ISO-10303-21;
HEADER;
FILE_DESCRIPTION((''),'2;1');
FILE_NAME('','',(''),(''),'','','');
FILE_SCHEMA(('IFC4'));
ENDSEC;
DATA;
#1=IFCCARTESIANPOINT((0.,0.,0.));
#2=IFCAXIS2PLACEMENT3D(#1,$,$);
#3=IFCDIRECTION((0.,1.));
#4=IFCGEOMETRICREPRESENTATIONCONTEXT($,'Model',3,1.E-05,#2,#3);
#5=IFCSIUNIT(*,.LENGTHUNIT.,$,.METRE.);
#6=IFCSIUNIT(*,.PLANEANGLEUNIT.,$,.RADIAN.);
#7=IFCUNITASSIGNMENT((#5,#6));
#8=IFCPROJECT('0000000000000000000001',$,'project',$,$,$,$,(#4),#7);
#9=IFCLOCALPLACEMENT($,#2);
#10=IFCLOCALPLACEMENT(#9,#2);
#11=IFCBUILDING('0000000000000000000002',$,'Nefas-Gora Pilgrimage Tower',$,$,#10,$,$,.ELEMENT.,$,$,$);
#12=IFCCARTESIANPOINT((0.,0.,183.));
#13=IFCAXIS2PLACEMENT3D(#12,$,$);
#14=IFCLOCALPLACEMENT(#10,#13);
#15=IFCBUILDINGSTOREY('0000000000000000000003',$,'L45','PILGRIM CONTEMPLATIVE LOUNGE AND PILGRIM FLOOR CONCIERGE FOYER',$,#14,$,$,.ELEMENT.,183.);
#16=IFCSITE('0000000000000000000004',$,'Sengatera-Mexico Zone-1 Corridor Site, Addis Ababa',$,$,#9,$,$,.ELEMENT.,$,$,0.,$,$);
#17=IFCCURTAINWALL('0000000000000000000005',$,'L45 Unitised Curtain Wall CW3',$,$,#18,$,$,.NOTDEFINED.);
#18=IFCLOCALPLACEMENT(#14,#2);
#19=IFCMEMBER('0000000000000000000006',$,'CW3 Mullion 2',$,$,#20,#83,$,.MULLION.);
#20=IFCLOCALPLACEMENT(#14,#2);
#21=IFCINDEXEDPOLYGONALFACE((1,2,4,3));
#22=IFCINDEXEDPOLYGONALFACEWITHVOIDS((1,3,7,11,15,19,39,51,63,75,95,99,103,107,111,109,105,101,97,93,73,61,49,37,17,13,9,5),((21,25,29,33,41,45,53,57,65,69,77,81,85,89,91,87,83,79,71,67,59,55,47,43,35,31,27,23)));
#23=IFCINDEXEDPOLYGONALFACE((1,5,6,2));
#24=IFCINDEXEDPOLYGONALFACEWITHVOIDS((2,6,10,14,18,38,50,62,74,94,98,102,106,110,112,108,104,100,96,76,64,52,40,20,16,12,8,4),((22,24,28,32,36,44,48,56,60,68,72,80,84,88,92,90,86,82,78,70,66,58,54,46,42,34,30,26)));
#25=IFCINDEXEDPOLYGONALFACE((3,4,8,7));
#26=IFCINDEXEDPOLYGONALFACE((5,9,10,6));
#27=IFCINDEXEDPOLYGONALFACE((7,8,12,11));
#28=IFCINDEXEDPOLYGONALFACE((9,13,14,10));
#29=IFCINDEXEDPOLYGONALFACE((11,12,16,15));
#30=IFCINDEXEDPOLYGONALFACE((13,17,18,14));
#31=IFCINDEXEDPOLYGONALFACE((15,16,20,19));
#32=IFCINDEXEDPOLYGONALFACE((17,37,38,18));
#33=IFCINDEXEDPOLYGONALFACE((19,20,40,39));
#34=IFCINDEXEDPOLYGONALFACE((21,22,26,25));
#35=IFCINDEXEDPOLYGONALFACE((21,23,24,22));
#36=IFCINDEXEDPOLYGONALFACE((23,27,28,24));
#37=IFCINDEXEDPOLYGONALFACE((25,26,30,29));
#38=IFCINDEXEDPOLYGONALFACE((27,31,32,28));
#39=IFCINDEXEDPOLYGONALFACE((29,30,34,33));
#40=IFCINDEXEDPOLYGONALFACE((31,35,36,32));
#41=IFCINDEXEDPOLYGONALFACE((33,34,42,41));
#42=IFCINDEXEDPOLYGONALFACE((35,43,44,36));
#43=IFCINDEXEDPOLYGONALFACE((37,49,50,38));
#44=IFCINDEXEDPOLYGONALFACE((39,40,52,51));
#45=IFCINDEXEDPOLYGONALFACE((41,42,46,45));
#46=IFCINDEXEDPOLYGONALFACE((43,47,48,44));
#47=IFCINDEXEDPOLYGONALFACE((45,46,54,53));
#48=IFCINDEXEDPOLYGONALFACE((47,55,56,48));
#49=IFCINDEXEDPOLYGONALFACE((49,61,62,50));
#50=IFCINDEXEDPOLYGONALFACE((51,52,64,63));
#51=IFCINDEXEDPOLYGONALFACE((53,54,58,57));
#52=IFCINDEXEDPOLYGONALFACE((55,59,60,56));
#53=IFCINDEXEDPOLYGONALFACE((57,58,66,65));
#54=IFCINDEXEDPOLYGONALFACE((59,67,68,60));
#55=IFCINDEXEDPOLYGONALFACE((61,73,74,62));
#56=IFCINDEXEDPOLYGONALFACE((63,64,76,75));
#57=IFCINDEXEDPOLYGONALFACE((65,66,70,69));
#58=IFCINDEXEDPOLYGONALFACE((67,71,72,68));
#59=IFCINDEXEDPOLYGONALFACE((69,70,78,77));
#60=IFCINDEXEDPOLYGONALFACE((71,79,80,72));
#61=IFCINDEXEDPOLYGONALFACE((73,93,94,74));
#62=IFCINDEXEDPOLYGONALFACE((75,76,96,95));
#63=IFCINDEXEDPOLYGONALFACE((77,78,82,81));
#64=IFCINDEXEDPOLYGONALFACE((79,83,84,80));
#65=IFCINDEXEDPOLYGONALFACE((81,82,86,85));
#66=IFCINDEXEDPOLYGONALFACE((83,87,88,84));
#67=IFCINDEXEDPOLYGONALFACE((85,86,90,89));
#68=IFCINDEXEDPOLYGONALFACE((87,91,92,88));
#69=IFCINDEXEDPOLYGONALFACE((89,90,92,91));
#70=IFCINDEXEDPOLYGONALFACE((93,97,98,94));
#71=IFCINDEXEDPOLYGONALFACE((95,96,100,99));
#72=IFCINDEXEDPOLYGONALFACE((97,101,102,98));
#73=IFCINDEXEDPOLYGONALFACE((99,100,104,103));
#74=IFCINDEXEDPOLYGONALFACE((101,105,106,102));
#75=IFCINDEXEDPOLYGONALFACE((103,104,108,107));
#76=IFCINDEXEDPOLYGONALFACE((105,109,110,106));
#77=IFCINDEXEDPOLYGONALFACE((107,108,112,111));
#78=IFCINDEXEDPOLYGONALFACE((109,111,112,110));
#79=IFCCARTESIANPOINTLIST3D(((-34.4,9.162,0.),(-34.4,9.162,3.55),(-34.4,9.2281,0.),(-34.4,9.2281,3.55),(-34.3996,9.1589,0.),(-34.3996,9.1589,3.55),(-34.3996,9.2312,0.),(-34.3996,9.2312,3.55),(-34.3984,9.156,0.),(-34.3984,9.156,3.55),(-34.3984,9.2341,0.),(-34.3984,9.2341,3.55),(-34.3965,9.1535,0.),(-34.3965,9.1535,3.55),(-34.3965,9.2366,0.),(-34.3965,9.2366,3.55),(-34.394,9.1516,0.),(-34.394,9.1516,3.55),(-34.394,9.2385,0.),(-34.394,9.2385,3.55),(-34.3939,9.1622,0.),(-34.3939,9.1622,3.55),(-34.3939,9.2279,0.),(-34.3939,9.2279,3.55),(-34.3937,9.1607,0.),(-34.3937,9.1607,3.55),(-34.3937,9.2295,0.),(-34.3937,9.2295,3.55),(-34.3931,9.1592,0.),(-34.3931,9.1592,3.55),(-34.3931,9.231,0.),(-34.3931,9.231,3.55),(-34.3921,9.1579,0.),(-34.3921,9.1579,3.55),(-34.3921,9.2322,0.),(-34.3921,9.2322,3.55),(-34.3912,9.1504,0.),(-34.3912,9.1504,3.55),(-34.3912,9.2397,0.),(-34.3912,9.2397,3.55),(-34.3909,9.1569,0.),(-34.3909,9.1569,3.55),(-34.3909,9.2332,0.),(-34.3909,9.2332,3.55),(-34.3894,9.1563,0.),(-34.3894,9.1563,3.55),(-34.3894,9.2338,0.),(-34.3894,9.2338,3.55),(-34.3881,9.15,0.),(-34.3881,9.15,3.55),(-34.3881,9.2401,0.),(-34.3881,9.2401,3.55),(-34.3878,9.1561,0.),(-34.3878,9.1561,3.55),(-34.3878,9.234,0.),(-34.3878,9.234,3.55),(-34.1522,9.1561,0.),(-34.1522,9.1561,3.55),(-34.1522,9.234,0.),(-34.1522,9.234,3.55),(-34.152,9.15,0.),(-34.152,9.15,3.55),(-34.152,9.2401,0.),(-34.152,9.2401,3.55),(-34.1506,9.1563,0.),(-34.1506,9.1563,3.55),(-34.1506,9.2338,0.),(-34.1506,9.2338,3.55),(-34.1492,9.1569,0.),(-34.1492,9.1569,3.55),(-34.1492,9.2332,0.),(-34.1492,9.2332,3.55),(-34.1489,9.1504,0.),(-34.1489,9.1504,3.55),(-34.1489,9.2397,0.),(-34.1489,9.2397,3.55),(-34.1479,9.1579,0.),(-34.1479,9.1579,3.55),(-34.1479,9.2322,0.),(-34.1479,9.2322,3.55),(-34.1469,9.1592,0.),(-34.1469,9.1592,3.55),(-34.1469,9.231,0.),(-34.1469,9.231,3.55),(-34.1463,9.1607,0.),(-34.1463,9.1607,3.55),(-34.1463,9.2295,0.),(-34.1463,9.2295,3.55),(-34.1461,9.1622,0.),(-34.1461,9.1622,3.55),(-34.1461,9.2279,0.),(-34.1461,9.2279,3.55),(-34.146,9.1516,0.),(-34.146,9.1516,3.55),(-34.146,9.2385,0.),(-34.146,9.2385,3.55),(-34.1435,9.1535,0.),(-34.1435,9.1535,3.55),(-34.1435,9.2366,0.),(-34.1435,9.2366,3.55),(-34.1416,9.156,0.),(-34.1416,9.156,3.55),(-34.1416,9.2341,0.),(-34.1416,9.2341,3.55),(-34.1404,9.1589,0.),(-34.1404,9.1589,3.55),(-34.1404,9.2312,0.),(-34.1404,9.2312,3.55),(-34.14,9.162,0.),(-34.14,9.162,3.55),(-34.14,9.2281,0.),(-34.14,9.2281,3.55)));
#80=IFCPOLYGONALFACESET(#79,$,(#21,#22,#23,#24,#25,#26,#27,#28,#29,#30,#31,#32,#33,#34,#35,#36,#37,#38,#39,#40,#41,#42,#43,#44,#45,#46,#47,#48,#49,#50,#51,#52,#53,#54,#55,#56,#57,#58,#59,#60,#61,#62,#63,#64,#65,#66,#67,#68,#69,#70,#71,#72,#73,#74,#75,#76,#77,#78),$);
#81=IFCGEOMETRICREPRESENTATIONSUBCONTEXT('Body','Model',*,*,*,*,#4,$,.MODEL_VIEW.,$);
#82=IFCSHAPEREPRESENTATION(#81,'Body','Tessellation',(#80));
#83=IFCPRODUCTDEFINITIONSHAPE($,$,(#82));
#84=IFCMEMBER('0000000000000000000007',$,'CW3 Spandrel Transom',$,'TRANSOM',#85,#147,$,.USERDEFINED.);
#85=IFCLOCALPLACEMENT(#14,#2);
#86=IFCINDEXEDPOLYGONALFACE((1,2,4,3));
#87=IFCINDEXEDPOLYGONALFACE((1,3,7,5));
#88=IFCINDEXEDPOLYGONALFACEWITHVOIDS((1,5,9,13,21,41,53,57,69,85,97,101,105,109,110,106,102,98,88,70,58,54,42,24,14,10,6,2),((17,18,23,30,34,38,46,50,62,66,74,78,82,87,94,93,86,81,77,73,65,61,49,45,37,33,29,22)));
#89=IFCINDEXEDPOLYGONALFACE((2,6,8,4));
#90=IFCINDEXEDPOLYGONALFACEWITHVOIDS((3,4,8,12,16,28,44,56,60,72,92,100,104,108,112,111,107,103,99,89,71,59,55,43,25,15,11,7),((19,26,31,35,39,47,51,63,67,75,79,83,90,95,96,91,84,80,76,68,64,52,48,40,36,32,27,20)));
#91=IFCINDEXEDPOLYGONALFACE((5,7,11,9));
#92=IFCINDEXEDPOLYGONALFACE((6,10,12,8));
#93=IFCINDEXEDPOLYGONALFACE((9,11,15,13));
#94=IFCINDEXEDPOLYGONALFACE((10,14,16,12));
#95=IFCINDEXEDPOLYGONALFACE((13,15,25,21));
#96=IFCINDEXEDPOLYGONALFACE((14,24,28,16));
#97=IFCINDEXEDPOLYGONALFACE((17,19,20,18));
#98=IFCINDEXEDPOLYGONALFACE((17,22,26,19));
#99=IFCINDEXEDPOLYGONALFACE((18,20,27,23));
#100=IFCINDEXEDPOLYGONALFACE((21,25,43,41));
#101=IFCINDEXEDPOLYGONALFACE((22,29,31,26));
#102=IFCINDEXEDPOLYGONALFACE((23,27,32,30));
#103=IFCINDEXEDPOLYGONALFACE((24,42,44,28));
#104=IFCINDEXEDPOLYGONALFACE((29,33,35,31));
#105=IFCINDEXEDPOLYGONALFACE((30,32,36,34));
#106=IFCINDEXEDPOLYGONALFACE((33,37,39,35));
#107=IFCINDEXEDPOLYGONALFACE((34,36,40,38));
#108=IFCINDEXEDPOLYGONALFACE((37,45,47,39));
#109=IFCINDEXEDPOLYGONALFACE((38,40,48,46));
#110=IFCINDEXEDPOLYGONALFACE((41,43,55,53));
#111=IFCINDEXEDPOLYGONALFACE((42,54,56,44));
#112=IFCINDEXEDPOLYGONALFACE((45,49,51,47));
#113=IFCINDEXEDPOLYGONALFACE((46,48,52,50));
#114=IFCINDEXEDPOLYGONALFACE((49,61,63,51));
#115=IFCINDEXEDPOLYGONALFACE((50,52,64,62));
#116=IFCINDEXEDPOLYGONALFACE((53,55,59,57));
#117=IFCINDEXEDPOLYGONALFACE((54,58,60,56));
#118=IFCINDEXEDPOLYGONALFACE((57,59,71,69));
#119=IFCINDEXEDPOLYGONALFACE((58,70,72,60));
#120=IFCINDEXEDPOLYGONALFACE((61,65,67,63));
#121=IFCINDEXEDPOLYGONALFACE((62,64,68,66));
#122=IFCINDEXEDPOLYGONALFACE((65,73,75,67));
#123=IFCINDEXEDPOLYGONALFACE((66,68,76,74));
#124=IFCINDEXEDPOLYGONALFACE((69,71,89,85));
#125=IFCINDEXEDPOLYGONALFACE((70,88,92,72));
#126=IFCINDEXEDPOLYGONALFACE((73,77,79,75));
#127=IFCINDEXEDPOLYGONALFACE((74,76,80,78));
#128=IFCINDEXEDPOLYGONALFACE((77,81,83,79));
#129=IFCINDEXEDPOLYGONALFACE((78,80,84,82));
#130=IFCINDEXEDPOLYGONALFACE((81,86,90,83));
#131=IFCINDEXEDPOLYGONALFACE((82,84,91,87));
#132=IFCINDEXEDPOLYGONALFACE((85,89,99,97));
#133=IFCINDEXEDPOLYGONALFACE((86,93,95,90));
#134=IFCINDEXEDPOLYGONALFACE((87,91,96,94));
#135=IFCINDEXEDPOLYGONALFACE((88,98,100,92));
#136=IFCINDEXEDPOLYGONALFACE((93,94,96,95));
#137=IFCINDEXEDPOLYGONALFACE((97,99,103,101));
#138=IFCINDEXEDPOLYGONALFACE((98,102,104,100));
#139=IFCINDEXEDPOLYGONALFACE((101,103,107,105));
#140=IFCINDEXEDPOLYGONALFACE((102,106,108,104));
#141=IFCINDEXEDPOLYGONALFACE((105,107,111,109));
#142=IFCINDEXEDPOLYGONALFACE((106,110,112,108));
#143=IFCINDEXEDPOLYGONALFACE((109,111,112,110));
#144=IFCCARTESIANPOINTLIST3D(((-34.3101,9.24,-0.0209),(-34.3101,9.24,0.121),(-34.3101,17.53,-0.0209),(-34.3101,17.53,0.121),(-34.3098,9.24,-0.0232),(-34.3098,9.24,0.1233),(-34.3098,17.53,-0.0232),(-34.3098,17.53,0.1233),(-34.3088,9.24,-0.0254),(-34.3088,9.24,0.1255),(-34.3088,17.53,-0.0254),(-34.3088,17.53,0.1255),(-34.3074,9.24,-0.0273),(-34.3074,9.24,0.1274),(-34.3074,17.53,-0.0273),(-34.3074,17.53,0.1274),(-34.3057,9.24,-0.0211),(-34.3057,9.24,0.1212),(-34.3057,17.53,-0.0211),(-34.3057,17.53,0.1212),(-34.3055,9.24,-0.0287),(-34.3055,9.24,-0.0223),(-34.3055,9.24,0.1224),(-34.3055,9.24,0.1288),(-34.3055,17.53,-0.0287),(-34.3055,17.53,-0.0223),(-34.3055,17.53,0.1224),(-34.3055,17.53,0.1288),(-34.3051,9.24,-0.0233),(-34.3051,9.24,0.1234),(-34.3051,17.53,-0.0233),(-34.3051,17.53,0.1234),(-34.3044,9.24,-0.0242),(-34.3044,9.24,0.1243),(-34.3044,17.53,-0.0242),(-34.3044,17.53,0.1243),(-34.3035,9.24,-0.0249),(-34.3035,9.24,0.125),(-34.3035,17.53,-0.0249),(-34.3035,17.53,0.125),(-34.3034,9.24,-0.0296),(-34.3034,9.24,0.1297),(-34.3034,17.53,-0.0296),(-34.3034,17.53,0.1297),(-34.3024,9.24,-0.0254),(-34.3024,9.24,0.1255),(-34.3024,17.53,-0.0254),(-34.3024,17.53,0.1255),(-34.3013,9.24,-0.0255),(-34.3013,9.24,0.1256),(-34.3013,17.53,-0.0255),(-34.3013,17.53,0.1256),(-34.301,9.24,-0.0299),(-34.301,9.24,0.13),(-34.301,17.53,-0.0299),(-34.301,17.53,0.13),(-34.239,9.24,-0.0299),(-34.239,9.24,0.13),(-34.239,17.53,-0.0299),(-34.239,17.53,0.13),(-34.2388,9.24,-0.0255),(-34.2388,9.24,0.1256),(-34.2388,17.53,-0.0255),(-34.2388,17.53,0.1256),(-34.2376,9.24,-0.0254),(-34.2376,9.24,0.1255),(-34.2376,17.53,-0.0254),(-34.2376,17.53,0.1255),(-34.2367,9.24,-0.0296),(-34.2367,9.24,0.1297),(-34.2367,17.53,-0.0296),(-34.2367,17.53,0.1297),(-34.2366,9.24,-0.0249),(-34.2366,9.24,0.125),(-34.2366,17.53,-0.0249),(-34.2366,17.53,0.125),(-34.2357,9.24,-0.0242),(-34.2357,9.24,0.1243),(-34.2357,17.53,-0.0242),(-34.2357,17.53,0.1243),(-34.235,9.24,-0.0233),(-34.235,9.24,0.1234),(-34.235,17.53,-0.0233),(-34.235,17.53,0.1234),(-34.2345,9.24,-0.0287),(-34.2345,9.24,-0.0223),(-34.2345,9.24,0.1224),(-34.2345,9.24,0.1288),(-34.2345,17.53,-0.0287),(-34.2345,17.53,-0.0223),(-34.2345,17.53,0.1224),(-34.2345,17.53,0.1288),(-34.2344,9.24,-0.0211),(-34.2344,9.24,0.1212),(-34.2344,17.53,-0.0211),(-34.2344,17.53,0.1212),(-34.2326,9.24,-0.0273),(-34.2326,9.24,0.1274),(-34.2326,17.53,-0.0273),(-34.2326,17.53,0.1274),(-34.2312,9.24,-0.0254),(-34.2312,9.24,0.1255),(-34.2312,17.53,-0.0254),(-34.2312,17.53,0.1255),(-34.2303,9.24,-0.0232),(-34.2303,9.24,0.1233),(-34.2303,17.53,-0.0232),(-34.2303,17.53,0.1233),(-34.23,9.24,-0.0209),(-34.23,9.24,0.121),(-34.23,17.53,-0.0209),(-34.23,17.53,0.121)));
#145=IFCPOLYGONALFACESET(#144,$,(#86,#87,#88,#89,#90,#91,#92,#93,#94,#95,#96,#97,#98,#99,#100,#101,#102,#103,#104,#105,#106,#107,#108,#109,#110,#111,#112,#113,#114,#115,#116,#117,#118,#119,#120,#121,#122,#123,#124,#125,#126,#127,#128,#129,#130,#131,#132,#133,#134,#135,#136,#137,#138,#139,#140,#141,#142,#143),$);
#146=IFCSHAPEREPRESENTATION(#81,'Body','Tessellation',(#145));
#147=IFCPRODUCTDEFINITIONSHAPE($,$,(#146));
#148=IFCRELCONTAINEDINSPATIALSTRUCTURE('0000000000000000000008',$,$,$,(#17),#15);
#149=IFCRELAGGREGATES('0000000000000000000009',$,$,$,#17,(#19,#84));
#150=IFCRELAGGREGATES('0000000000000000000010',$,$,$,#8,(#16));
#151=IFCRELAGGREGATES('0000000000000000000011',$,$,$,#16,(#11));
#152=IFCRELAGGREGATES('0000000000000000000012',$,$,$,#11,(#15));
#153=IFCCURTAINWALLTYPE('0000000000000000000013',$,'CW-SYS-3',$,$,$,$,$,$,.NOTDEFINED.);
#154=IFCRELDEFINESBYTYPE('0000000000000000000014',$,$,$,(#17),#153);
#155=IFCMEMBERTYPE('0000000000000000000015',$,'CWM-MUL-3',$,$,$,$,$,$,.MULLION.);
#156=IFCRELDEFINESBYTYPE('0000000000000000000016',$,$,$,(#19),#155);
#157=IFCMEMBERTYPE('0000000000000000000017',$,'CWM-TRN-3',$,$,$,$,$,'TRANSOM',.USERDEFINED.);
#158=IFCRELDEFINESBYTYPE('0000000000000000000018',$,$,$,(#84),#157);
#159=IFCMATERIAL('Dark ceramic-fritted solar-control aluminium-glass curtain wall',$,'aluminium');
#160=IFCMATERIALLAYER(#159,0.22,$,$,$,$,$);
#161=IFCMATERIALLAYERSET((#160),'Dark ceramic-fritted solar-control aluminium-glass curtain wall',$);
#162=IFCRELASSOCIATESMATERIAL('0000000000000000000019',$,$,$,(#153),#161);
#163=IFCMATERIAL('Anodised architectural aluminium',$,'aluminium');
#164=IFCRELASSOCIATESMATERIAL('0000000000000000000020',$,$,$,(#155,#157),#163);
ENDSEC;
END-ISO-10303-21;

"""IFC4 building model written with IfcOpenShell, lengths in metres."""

from ifc_helpers import new_model, si_unit, direction, frame, origin, origin_2d, place, context, subcontext, project, spatial, hollow_rectangle, extrude, source, transform, mapped, material, layer, layer_set, material_profile, profile_set, type_object, element, aggregate, save


model = new_model("IFC4")

# Units and contexts
model_context = context("Model", 3, precision=1e-05, world=origin(), true_north=direction((0.0, 1.0)))
body_context = subcontext(model_context, "Body", "Model", "MODEL_VIEW")
ifc_project = project(units=[si_unit("LENGTHUNIT", "METRE"), si_unit("PLANEANGLEUNIT", "RADIAN")], contexts=[model_context])

# Site, building, storey
site_placement = place(None, origin())
site = spatial("IfcSite", under=ifc_project, at=site_placement, Name="Sengatera-Mexico Zone-1 Corridor Site, Addis Ababa", CompositionType="ELEMENT", RefElevation=0.0)
building_placement = place(site_placement, origin())
building = spatial("IfcBuilding", under=site, at=building_placement, Name="Nefas-Gora Pilgrimage Tower", CompositionType="ELEMENT")
storey_placement = place(building_placement, frame((0.0, 0.0, 183.0)))
storey = spatial("IfcBuildingStorey", under=building, at=storey_placement, Name="L45", Description="PILGRIM CONTEMPLATIVE LOUNGE AND PILGRIM FLOOR CONCIERGE FOYER", CompositionType="ELEMENT", Elevation=183.0)

# Shared definitions
ifc_material_1 = material(Name="Dark ceramic-fritted solar-control aluminium-glass curtain wall", Category="aluminium")
ifc_material_2 = material(Name="Anodised architectural aluminium", Category="aluminium")

# Curtain wall, members
ifc_layer_1 = layer(ifc_material_1, 0.22)
ifc_layer_set_1 = layer_set([ifc_layer_1], Name="Dark ceramic-fritted solar-control aluminium-glass curtain wall")
curtain_wall_type_1 = type_object("IfcCurtainWallType", Name="CW-SYS-3", PredefinedType="NOTDEFINED", material=ifc_layer_set_1)
ifc_material_profile_1 = material_profile(ifc_material_2, hollow_rectangle(XDim=0.0901, YDim=0.26, WallThickness=0.0061, InnerFilletRadius=0.0061, OuterFilletRadius=0.012, at=origin_2d()), Name="ALU MULLION 90x260")
ifc_profile_set_1 = profile_set([ifc_material_profile_1], Name="Anodised architectural aluminium")
member_type_1 = type_object("IfcMemberType", Name="CWM-MUL-3", PredefinedType="MULLION", material=ifc_profile_set_1)
shared_shape_1 = source(origin(), body_context, "Body", "SweptSolid", [
    extrude(hollow_rectangle(XDim=0.0901, YDim=0.26, WallThickness=0.0061, InnerFilletRadius=0.0061, OuterFilletRadius=0.012, at=origin_2d()), origin(), (0.0, 0.0, 1.0), 3.55),
])
curtain_wall_1_placement = place(storey_placement, origin())
curtain_wall_1 = element("IfcCurtainWall", 1, at=curtain_wall_1_placement, inside=storey, type_object=curtain_wall_type_1, Name="L45 Unitised Curtain Wall CW3", PredefinedType="NOTDEFINED")
member_1_placement = place(storey_placement, frame((-34.27, 9.1951, 0.0), z_axis=(0.0, 0.0, 1.0), x_axis=(0.0, -1.0, 0.0)))
member_1 = element("IfcMember", 2, at=member_1_placement, type_object=member_type_1, Name="CW3 Mullion 2", PredefinedType="MULLION", context=body_context, shape_type="MappedRepresentation", body=[
    mapped(shared_shape_1, transform((0.0, 0.0, 0.0), x_axis=(1.0, 0.0, 0.0), y_axis=(0.0, 1.0, 0.0), z_axis=(0.0, 0.0, 1.0), scale=1.0)),
])
ifc_material_profile_2 = material_profile(ifc_material_2, hollow_rectangle(XDim=0.0801, YDim=0.1599, WallThickness=0.0044, InnerFilletRadius=0.0044, OuterFilletRadius=0.009, at=origin_2d()), Name="ALU TRANSOM 80x160")
ifc_profile_set_2 = profile_set([ifc_material_profile_2], Name="Anodised architectural aluminium")
member_type_2 = type_object("IfcMemberType", Name="CWM-TRN-3", ElementType="TRANSOM", PredefinedType="USERDEFINED", material=ifc_profile_set_2)
shared_shape_2 = source(origin(), body_context, "Body", "SweptSolid", [
    extrude(hollow_rectangle(XDim=0.0801, YDim=0.1599, WallThickness=0.0044, InnerFilletRadius=0.0044, OuterFilletRadius=0.009, at=origin_2d()), origin(), (0.0, 0.0, 1.0), 8.29),
])
member_2_placement = place(storey_placement, frame((-34.27, 17.53, 0.05), z_axis=(0.0, -1.0, 0.0), x_axis=(1.0, 0.0, 0.0)))
member_2 = element("IfcMember", 3, at=member_2_placement, type_object=member_type_2, Name="CW3 Spandrel Transom", ObjectType="TRANSOM", PredefinedType="USERDEFINED", context=body_context, shape_type="MappedRepresentation", body=[
    mapped(shared_shape_2, transform((0.0, 0.0, 0.0), x_axis=(1.0, 0.0, 0.0), y_axis=(0.0, 1.0, 0.0), z_axis=(0.0, 0.0, 1.0), scale=1.0)),
])

aggregate(curtain_wall_1, [member_1, member_2])

save(model, "model.ifc")
